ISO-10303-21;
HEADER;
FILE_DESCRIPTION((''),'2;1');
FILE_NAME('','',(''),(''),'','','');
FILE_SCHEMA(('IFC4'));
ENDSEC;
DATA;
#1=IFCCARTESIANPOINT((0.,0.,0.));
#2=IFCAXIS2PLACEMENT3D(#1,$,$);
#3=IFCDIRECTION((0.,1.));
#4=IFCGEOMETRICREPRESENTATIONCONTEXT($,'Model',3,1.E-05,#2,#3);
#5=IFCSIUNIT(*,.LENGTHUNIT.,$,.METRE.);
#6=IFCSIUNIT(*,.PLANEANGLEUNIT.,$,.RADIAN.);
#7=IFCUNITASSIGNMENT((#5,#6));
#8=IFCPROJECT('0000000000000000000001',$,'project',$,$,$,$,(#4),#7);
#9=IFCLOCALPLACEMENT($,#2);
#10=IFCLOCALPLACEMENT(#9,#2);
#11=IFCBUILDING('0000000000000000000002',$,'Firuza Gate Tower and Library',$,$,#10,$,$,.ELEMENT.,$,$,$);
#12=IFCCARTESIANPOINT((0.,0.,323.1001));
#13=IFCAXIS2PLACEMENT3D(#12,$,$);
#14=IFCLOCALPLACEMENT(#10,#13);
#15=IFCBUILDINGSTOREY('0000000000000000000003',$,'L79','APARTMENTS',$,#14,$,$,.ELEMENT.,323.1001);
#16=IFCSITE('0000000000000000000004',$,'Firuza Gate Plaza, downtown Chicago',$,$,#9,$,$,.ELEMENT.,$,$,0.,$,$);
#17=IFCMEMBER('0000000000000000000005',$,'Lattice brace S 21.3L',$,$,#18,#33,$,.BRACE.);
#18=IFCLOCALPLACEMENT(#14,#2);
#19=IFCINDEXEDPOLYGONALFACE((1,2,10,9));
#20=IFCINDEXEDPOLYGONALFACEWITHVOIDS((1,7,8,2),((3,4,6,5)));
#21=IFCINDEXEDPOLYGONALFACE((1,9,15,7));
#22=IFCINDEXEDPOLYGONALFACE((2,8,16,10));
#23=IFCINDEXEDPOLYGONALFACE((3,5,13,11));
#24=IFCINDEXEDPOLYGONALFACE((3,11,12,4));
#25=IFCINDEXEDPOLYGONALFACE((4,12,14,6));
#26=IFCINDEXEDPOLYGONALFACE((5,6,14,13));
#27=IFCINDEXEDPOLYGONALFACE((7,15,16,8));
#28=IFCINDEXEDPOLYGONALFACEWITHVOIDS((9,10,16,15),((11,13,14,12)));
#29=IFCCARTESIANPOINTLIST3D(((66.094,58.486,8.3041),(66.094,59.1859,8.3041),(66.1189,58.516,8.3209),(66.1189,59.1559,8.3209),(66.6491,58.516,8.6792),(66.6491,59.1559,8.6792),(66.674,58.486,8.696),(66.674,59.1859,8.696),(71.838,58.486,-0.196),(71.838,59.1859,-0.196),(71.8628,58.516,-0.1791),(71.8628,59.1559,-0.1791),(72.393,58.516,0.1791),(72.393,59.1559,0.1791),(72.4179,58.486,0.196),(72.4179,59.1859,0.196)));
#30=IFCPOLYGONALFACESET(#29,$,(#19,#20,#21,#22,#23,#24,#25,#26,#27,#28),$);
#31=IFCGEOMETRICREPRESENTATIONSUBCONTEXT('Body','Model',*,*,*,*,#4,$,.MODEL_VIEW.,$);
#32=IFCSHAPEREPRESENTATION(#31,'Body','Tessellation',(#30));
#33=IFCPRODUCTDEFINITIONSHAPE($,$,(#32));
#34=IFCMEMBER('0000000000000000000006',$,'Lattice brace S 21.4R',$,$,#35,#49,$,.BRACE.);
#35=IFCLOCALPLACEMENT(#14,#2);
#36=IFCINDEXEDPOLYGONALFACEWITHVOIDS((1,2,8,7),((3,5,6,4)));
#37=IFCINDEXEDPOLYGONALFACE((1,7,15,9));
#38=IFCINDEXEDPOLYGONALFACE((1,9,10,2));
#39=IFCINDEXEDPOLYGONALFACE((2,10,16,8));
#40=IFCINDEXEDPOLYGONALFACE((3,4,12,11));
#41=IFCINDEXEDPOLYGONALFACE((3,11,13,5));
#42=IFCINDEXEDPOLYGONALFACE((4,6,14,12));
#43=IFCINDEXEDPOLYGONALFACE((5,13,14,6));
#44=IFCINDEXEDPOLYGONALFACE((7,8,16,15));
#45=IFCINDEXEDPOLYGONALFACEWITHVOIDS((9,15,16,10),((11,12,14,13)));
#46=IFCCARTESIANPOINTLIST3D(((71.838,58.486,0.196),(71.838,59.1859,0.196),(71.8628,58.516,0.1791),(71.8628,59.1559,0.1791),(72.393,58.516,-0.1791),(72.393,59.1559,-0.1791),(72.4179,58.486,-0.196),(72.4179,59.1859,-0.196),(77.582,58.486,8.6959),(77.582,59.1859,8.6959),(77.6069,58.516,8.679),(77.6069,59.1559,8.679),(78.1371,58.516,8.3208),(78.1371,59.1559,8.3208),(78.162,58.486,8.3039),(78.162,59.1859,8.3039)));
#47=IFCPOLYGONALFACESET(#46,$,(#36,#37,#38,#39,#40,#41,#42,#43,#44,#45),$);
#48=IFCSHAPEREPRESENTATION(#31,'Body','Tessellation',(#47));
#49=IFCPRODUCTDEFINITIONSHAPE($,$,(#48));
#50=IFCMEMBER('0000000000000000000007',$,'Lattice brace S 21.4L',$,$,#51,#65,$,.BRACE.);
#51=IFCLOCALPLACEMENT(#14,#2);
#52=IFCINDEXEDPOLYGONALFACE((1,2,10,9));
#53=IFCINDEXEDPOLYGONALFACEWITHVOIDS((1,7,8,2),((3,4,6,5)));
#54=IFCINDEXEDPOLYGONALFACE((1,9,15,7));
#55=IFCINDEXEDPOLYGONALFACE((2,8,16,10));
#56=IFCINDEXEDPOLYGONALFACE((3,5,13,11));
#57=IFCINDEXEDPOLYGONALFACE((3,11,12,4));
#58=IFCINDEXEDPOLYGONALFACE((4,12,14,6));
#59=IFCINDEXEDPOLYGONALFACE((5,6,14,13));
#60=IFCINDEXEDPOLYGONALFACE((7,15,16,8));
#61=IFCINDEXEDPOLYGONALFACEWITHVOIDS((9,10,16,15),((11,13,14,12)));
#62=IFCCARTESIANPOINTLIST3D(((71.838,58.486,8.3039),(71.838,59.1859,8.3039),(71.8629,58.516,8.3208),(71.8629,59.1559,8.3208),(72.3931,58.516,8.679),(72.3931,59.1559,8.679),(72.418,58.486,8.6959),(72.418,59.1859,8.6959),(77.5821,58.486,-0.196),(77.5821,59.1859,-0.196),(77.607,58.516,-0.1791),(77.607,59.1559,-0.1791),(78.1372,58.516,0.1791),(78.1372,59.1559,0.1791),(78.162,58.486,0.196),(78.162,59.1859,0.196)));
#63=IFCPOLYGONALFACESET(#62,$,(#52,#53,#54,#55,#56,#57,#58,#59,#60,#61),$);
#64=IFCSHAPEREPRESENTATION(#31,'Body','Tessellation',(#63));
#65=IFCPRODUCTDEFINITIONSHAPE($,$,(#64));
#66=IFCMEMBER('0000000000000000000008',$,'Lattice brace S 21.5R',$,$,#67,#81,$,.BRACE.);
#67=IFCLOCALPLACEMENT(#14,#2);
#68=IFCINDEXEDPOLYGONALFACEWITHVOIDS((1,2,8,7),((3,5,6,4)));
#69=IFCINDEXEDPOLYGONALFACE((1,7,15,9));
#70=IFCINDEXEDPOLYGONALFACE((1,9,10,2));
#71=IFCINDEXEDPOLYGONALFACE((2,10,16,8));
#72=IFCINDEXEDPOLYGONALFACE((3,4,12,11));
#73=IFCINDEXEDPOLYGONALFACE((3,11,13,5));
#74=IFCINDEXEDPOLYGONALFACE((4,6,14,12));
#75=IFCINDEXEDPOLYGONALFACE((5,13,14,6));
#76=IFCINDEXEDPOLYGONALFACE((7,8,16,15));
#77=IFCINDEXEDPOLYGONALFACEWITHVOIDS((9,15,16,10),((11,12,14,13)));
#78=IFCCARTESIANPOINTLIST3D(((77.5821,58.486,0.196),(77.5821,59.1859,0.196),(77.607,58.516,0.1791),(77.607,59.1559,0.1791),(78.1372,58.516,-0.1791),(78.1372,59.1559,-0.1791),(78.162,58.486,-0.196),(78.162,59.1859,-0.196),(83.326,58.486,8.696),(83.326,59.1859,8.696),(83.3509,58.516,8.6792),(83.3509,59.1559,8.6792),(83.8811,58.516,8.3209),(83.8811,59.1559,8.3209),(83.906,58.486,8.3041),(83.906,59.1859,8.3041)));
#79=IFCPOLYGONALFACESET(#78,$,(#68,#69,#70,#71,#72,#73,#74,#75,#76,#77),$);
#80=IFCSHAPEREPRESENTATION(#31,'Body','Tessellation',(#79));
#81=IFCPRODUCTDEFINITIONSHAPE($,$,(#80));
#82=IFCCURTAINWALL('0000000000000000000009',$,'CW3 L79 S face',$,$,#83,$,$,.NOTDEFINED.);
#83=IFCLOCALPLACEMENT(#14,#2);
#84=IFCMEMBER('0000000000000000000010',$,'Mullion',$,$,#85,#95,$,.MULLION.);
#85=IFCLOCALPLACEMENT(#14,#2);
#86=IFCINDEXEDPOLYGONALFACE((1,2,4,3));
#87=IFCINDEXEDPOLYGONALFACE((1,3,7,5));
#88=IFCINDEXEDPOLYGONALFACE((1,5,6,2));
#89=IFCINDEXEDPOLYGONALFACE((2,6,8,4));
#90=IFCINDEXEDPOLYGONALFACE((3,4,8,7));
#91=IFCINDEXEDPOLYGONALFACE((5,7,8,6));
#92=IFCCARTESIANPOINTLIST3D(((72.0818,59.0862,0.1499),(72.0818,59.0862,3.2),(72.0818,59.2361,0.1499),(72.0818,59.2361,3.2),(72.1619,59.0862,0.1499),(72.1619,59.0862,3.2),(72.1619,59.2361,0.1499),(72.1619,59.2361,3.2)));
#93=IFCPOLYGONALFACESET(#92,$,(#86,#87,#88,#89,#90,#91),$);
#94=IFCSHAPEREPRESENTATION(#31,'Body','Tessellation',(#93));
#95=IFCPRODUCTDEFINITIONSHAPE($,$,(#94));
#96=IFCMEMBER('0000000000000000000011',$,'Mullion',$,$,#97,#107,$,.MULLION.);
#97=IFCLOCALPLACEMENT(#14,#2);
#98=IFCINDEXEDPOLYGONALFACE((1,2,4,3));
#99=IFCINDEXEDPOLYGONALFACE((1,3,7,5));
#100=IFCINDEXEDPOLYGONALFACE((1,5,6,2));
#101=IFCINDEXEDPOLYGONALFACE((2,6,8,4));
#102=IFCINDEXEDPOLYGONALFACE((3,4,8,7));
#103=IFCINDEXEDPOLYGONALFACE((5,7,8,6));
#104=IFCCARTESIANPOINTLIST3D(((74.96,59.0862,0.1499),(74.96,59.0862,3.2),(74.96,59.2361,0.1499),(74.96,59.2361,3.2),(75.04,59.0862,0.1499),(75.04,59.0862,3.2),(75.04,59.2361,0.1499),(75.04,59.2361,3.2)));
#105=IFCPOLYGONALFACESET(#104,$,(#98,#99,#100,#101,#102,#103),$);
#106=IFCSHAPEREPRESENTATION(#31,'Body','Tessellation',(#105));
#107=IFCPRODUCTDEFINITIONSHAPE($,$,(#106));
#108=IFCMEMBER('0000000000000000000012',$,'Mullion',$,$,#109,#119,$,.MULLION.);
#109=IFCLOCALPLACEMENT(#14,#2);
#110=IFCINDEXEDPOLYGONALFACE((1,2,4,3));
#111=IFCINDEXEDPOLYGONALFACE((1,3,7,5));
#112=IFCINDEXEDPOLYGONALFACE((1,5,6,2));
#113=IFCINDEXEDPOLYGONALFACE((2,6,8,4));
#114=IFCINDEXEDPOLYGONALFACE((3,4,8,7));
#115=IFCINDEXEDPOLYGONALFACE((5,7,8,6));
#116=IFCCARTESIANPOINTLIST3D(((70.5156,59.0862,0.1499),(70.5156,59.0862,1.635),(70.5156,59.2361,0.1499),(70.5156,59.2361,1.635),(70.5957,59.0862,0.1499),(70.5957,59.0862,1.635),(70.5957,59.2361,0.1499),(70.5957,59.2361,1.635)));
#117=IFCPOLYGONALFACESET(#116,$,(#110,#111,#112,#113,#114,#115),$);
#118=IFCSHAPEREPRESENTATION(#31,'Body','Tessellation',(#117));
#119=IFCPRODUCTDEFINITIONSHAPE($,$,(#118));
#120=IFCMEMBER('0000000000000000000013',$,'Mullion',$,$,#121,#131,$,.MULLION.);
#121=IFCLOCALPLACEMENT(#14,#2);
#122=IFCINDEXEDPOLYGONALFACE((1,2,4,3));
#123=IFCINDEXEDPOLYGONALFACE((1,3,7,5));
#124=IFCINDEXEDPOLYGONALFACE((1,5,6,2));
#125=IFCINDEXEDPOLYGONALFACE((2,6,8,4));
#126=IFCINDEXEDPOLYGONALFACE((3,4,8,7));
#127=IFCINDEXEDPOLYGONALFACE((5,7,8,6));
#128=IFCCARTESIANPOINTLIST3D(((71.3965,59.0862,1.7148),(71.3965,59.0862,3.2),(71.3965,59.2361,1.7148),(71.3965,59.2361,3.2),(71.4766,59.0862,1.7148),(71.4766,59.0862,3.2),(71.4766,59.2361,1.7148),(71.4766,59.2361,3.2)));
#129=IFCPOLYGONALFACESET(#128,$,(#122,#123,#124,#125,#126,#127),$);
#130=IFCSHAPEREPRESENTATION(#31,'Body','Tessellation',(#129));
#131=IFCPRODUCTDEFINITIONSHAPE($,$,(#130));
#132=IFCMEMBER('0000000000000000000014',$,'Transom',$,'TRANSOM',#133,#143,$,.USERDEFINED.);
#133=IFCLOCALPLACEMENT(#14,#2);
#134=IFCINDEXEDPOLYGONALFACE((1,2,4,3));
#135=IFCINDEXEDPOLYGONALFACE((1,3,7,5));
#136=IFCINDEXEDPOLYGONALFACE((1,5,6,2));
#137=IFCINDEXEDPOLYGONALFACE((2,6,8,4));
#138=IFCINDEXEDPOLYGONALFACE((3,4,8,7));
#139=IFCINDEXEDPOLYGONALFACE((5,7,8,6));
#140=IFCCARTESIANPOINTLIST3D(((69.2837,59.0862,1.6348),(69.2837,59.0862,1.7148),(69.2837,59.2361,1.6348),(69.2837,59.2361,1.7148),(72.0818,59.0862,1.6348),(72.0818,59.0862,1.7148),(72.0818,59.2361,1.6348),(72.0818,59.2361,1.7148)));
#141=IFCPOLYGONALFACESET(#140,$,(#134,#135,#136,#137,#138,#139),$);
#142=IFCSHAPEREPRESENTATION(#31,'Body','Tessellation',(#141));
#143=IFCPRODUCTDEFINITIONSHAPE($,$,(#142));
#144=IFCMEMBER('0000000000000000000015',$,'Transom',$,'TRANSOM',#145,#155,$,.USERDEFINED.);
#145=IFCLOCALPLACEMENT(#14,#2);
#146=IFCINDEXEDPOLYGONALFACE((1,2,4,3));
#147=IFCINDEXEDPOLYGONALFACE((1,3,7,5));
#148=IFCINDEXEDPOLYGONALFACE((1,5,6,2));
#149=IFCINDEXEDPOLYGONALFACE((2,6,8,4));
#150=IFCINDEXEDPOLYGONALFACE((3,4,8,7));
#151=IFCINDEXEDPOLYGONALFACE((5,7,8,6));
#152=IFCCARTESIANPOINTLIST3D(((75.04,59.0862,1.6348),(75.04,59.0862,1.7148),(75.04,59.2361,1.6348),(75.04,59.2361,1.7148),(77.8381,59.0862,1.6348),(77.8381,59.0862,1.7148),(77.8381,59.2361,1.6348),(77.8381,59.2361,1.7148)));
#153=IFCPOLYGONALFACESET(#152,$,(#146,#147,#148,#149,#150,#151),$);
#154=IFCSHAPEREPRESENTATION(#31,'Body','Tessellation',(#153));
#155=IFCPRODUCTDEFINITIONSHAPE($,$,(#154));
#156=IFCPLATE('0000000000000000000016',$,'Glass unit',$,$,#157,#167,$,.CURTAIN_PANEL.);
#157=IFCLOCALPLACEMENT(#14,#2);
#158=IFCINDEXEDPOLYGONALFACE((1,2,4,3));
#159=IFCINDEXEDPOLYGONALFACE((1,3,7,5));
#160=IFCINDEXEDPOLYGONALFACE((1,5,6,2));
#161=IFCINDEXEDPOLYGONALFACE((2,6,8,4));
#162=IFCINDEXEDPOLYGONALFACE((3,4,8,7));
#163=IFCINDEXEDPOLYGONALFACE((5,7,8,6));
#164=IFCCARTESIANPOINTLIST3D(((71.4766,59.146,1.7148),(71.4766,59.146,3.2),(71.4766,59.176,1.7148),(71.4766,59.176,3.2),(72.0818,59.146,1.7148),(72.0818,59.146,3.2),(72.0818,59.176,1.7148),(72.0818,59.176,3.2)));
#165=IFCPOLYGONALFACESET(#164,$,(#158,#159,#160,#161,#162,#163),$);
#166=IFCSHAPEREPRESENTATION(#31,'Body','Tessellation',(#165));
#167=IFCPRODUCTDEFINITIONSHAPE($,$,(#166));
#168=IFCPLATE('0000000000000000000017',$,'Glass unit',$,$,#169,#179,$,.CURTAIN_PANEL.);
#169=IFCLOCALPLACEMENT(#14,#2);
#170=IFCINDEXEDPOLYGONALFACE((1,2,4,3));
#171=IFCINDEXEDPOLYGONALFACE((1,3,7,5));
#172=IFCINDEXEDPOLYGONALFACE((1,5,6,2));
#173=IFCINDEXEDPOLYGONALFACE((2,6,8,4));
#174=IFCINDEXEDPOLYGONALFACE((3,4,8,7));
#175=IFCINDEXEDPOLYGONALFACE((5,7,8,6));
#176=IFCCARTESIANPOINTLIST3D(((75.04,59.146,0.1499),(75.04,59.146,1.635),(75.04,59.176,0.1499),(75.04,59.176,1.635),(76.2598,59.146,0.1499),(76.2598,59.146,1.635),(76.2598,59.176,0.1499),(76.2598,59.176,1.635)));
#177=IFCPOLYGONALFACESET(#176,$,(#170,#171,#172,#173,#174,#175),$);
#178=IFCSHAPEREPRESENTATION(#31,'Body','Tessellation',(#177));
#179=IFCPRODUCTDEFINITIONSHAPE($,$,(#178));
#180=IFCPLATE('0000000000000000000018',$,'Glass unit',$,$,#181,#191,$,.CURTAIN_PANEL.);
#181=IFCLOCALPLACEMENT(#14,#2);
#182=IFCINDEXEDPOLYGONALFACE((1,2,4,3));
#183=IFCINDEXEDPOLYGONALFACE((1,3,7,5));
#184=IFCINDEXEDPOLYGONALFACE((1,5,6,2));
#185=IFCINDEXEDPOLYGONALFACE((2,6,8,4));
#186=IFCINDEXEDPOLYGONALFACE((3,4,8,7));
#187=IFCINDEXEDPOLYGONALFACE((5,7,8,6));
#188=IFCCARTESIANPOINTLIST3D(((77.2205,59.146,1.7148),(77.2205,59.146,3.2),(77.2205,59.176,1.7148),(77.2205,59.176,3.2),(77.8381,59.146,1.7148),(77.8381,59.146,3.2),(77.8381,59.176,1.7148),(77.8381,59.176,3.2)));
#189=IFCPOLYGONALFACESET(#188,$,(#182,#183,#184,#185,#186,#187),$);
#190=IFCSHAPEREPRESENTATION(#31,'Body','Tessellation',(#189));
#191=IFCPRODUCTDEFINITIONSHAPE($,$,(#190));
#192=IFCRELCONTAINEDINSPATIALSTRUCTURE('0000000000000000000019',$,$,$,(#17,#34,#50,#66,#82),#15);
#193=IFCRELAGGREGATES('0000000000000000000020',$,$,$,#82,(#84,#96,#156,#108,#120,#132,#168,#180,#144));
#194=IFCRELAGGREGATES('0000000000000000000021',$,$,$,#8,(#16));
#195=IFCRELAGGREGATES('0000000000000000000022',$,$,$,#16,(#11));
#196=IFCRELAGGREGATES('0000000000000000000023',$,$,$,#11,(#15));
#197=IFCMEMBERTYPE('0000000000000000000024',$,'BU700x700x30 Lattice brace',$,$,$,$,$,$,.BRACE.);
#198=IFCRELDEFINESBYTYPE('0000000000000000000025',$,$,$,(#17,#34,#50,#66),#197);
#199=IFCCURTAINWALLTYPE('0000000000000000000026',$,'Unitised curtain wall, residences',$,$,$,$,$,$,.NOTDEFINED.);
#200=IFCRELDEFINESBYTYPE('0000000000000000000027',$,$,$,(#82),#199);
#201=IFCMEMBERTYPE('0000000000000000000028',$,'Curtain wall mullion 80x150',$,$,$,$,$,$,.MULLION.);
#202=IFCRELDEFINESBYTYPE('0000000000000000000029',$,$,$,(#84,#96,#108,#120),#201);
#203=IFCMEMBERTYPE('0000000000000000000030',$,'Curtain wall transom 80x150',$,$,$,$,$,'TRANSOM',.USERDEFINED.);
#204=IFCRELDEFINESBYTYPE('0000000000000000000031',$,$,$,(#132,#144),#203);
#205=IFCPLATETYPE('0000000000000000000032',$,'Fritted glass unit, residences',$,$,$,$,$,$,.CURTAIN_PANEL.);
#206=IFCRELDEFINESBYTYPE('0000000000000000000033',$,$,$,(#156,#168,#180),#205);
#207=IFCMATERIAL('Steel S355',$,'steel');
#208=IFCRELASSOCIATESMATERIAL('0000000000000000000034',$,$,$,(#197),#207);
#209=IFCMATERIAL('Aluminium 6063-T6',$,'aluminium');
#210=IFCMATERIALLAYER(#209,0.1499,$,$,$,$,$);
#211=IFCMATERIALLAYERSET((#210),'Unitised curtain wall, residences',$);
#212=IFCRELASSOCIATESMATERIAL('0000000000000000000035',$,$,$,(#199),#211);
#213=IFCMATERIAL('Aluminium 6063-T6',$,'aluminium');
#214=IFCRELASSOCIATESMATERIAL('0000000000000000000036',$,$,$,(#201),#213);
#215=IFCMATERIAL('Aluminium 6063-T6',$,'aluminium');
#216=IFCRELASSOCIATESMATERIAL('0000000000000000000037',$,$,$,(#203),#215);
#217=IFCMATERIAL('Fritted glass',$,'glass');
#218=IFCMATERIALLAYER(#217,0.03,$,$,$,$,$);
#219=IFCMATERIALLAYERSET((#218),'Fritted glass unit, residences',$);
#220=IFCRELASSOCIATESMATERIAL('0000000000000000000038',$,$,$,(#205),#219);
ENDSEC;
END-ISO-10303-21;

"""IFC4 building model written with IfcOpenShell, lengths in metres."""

from ifc_helpers import new_model, si_unit, direction, frame, origin, origin_2d, place, context, subcontext, project, spatial, polyline, rectangle, hollow_rectangle, outline, extrude, material, layer, layer_set, material_profile, profile_set, type_object, element, aggregate, save


model = new_model("IFC4")

# Units and contexts
model_context = context("Model", 3, precision=1e-05, world=origin(), true_north=direction((0.0, 1.0)))
body_context = subcontext(model_context, "Body", "Model", "MODEL_VIEW")
ifc_project = project(units=[si_unit("LENGTHUNIT", "METRE"), si_unit("PLANEANGLEUNIT", "RADIAN")], contexts=[model_context])

# Site, building, storey
site_placement = place(None, origin())
site = spatial("IfcSite", under=ifc_project, at=site_placement, Name="Firuza Gate Plaza, downtown Chicago", CompositionType="ELEMENT", RefElevation=0.0)
building_placement = place(site_placement, origin())
building = spatial("IfcBuilding", under=site, at=building_placement, Name="Firuza Gate Tower and Library", CompositionType="ELEMENT")
storey_placement = place(building_placement, frame((0.0, 0.0, 323.1001)))
storey = spatial("IfcBuildingStorey", under=building, at=storey_placement, Name="L79", Description="APARTMENTS", CompositionType="ELEMENT", Elevation=323.1001)

# Members
ifc_material_1 = material(Name="Steel S355", Category="steel")
ifc_material_profile_1 = material_profile(ifc_material_1, hollow_rectangle(XDim=0.7, YDim=0.7, WallThickness=0.03, at=origin_2d()))
ifc_profile_set_1 = profile_set([ifc_material_profile_1], Name="Steel S355")
member_type_1 = type_object("IfcMemberType", Name="BU700x700x30 Lattice brace", PredefinedType="BRACE", material=ifc_profile_set_1)
for number, where, z_axis, x_axis, name in (
    (1, (72.1279, 58.8359, 0.0), (-0.559901, 0.0, 0.828559), (0.0, -1.0, 0.0), "Lattice brace S 21.3L"),
    (2, (72.1279, 58.8359, 0.0), (0.559917, 0.0, 0.828548), (0.0, 1.0, 0.0), "Lattice brace S 21.4R"),
    (3, (77.8721, 58.8359, 0.0), (-0.559917, 0.0, 0.828548), (0.0, -1.0, 0.0), "Lattice brace S 21.4L"),
    (4, (77.8721, 58.8359, 0.0), (0.559901, 0.0, 0.828559), (0.0, 1.0, 0.0), "Lattice brace S 21.5R"),
):
    element("IfcMember", number, at=place(storey_placement, frame(where, z_axis=z_axis, x_axis=x_axis)), inside=storey, type_object=member_type_1, Name=name, PredefinedType="BRACE", context=body_context, shape_type="SweptSolid", body=[
        extrude(hollow_rectangle(XDim=0.7, YDim=0.7, WallThickness=0.03, at=origin_2d()), origin(), (0.0, 0.0, 1.0), 10.2588),
    ])

# Curtain wall, members, plates
ifc_material_2 = material(Name="Aluminium 6063-T6", Category="aluminium")
ifc_layer_1 = layer(ifc_material_2, 0.1499)
ifc_layer_set_1 = layer_set([ifc_layer_1], Name="Unitised curtain wall, residences")
curtain_wall_type = type_object("IfcCurtainWallType", Name="Unitised curtain wall, residences", PredefinedType="NOTDEFINED", material=ifc_layer_set_1)
curtain_wall_placement = place(storey_placement, origin())
curtain_wall = element("IfcCurtainWall", 5, at=curtain_wall_placement, inside=storey, type_object=curtain_wall_type, Name="CW3 L79 S face", PredefinedType="NOTDEFINED")
ifc_material_3 = material(Name="Aluminium 6063-T6", Category="aluminium")
ifc_material_profile_2 = material_profile(ifc_material_3, rectangle(XDim=0.1499, YDim=0.0801, at=origin_2d()))
ifc_profile_set_2 = profile_set([ifc_material_profile_2], Name="Aluminium 6063-T6")
member_type_2 = type_object("IfcMemberType", Name="Curtain wall mullion 80x150", PredefinedType="MULLION", material=ifc_profile_set_2)
member_1_placement = place(storey_placement, frame((72.1218, 59.1611, 0.1499), z_axis=(0.0, 0.0, 1.0), x_axis=(0.0, 1.0, 0.0)))
member_1 = element("IfcMember", 6, at=member_1_placement, type_object=member_type_2, Name="Mullion", PredefinedType="MULLION", context=body_context, shape_type="SweptSolid", body=[
    extrude(rectangle(XDim=0.1499, YDim=0.0801, at=origin_2d()), origin(), (0.0, 0.0, 1.0), 3.05),
])
member_2_placement = place(storey_placement, frame((75.0, 59.1611, 0.1499), z_axis=(0.0, 0.0, 1.0), x_axis=(0.0, 1.0, 0.0)))
member_2 = element("IfcMember", 7, at=member_2_placement, type_object=member_type_2, Name="Mullion", PredefinedType="MULLION", context=body_context, shape_type="SweptSolid", body=[
    extrude(rectangle(XDim=0.1499, YDim=0.0801, at=origin_2d()), origin(), (0.0, 0.0, 1.0), 3.05),
])
member_3_placement = place(storey_placement, frame((70.5557, 59.1611, 0.1499), z_axis=(0.0, 0.0, 1.0), x_axis=(0.0, 1.0, 0.0)))
member_3 = element("IfcMember", 8, at=member_3_placement, type_object=member_type_2, Name="Mullion", PredefinedType="MULLION", context=body_context, shape_type="SweptSolid", body=[
    extrude(rectangle(XDim=0.1499, YDim=0.0801, at=origin_2d()), origin(), (0.0, 0.0, 1.0), 1.4851),
])
member_4_placement = place(storey_placement, frame((71.4365, 59.1611, 1.7148), z_axis=(0.0, 0.0, 1.0), x_axis=(0.0, 1.0, 0.0)))
member_4 = element("IfcMember", 9, at=member_4_placement, type_object=member_type_2, Name="Mullion", PredefinedType="MULLION", context=body_context, shape_type="SweptSolid", body=[
    extrude(rectangle(XDim=0.1499, YDim=0.0801, at=origin_2d()), origin(), (0.0, 0.0, 1.0), 1.4851),
])
ifc_material_4 = material(Name="Aluminium 6063-T6", Category="aluminium")
ifc_material_profile_3 = material_profile(ifc_material_4, rectangle(XDim=0.1499, YDim=0.0801, at=origin_2d()))
ifc_profile_set_3 = profile_set([ifc_material_profile_3], Name="Aluminium 6063-T6")
member_type_3 = type_object("IfcMemberType", Name="Curtain wall transom 80x150", ElementType="TRANSOM", PredefinedType="USERDEFINED", material=ifc_profile_set_3)
member_5_placement = place(storey_placement, frame((69.2837, 59.1611, 1.6748), z_axis=(1.0, 0.0, 0.0), x_axis=(0.0, 1.0, 0.0)))
member_5 = element("IfcMember", 10, at=member_5_placement, type_object=member_type_3, Name="Transom", ObjectType="TRANSOM", PredefinedType="USERDEFINED", context=body_context, shape_type="SweptSolid", body=[
    extrude(rectangle(XDim=0.1499, YDim=0.0801, at=origin_2d()), origin(), (0.0, 0.0, 1.0), 2.7981),
])
member_6_placement = place(storey_placement, frame((75.04, 59.1611, 1.6748), z_axis=(1.0, 0.0, 0.0), x_axis=(0.0, 1.0, 0.0)))
member_6 = element("IfcMember", 11, at=member_6_placement, type_object=member_type_3, Name="Transom", ObjectType="TRANSOM", PredefinedType="USERDEFINED", context=body_context, shape_type="SweptSolid", body=[
    extrude(rectangle(XDim=0.1499, YDim=0.0801, at=origin_2d()), origin(), (0.0, 0.0, 1.0), 2.7981),
])
ifc_material_5 = material(Name="Fritted glass", Category="glass")
ifc_layer_2 = layer(ifc_material_5, 0.03)
ifc_layer_set_2 = layer_set([ifc_layer_2], Name="Fritted glass unit, residences")
plate_type_1 = type_object("IfcPlateType", Name="Fritted glass unit, residences", PredefinedType="CURTAIN_PANEL", material=ifc_layer_set_2)
plate_1_placement = place(storey_placement, frame((71.4766, 59.146, 1.7148), z_axis=(0.0, -1.0, 0.0), x_axis=(1.0, 0.0, 0.0)))
plate_1 = element("IfcPlate", 12, at=plate_1_placement, type_object=plate_type_1, Name="Glass unit", PredefinedType="CURTAIN_PANEL", context=body_context, shape_type="SweptSolid", body=[
    extrude(outline(polyline([(0.0, 0.0), (0.6052, 0.0), (0.6052, 1.4851), (0.0, 1.4851), (0.0, 0.0)])), origin(), (0.0, 0.0, -1.0), 0.03),
])
plate_2_placement = place(storey_placement, frame((75.04, 59.146, 0.1499), z_axis=(0.0, -1.0, 0.0), x_axis=(1.0, 0.0, 0.0)))
plate_2 = element("IfcPlate", 13, at=plate_2_placement, type_object=plate_type_1, Name="Glass unit", PredefinedType="CURTAIN_PANEL", context=body_context, shape_type="SweptSolid", body=[
    extrude(outline(polyline([(0.0, 0.0), (1.2197, 0.0), (1.2197, 1.4851), (0.0, 1.4851), (0.0, 0.0)])), origin(), (0.0, 0.0, -1.0), 0.03),
])
plate_3_placement = place(storey_placement, frame((77.2205, 59.146, 1.7148), z_axis=(0.0, -1.0, 0.0), x_axis=(1.0, 0.0, 0.0)))
plate_3 = element("IfcPlate", 14, at=plate_3_placement, type_object=plate_type_1, Name="Glass unit", PredefinedType="CURTAIN_PANEL", context=body_context, shape_type="SweptSolid", body=[
    extrude(outline(polyline([(0.0, 0.0), (0.6177, 0.0), (0.6177, 1.4851), (0.0, 1.4851), (0.0, 0.0)])), origin(), (0.0, 0.0, -1.0), 0.03),
])
aggregate(curtain_wall, [member_1, member_2, plate_1, member_3, member_4, member_5, plate_2, plate_3, member_6])

save(model, "model.ifc")
